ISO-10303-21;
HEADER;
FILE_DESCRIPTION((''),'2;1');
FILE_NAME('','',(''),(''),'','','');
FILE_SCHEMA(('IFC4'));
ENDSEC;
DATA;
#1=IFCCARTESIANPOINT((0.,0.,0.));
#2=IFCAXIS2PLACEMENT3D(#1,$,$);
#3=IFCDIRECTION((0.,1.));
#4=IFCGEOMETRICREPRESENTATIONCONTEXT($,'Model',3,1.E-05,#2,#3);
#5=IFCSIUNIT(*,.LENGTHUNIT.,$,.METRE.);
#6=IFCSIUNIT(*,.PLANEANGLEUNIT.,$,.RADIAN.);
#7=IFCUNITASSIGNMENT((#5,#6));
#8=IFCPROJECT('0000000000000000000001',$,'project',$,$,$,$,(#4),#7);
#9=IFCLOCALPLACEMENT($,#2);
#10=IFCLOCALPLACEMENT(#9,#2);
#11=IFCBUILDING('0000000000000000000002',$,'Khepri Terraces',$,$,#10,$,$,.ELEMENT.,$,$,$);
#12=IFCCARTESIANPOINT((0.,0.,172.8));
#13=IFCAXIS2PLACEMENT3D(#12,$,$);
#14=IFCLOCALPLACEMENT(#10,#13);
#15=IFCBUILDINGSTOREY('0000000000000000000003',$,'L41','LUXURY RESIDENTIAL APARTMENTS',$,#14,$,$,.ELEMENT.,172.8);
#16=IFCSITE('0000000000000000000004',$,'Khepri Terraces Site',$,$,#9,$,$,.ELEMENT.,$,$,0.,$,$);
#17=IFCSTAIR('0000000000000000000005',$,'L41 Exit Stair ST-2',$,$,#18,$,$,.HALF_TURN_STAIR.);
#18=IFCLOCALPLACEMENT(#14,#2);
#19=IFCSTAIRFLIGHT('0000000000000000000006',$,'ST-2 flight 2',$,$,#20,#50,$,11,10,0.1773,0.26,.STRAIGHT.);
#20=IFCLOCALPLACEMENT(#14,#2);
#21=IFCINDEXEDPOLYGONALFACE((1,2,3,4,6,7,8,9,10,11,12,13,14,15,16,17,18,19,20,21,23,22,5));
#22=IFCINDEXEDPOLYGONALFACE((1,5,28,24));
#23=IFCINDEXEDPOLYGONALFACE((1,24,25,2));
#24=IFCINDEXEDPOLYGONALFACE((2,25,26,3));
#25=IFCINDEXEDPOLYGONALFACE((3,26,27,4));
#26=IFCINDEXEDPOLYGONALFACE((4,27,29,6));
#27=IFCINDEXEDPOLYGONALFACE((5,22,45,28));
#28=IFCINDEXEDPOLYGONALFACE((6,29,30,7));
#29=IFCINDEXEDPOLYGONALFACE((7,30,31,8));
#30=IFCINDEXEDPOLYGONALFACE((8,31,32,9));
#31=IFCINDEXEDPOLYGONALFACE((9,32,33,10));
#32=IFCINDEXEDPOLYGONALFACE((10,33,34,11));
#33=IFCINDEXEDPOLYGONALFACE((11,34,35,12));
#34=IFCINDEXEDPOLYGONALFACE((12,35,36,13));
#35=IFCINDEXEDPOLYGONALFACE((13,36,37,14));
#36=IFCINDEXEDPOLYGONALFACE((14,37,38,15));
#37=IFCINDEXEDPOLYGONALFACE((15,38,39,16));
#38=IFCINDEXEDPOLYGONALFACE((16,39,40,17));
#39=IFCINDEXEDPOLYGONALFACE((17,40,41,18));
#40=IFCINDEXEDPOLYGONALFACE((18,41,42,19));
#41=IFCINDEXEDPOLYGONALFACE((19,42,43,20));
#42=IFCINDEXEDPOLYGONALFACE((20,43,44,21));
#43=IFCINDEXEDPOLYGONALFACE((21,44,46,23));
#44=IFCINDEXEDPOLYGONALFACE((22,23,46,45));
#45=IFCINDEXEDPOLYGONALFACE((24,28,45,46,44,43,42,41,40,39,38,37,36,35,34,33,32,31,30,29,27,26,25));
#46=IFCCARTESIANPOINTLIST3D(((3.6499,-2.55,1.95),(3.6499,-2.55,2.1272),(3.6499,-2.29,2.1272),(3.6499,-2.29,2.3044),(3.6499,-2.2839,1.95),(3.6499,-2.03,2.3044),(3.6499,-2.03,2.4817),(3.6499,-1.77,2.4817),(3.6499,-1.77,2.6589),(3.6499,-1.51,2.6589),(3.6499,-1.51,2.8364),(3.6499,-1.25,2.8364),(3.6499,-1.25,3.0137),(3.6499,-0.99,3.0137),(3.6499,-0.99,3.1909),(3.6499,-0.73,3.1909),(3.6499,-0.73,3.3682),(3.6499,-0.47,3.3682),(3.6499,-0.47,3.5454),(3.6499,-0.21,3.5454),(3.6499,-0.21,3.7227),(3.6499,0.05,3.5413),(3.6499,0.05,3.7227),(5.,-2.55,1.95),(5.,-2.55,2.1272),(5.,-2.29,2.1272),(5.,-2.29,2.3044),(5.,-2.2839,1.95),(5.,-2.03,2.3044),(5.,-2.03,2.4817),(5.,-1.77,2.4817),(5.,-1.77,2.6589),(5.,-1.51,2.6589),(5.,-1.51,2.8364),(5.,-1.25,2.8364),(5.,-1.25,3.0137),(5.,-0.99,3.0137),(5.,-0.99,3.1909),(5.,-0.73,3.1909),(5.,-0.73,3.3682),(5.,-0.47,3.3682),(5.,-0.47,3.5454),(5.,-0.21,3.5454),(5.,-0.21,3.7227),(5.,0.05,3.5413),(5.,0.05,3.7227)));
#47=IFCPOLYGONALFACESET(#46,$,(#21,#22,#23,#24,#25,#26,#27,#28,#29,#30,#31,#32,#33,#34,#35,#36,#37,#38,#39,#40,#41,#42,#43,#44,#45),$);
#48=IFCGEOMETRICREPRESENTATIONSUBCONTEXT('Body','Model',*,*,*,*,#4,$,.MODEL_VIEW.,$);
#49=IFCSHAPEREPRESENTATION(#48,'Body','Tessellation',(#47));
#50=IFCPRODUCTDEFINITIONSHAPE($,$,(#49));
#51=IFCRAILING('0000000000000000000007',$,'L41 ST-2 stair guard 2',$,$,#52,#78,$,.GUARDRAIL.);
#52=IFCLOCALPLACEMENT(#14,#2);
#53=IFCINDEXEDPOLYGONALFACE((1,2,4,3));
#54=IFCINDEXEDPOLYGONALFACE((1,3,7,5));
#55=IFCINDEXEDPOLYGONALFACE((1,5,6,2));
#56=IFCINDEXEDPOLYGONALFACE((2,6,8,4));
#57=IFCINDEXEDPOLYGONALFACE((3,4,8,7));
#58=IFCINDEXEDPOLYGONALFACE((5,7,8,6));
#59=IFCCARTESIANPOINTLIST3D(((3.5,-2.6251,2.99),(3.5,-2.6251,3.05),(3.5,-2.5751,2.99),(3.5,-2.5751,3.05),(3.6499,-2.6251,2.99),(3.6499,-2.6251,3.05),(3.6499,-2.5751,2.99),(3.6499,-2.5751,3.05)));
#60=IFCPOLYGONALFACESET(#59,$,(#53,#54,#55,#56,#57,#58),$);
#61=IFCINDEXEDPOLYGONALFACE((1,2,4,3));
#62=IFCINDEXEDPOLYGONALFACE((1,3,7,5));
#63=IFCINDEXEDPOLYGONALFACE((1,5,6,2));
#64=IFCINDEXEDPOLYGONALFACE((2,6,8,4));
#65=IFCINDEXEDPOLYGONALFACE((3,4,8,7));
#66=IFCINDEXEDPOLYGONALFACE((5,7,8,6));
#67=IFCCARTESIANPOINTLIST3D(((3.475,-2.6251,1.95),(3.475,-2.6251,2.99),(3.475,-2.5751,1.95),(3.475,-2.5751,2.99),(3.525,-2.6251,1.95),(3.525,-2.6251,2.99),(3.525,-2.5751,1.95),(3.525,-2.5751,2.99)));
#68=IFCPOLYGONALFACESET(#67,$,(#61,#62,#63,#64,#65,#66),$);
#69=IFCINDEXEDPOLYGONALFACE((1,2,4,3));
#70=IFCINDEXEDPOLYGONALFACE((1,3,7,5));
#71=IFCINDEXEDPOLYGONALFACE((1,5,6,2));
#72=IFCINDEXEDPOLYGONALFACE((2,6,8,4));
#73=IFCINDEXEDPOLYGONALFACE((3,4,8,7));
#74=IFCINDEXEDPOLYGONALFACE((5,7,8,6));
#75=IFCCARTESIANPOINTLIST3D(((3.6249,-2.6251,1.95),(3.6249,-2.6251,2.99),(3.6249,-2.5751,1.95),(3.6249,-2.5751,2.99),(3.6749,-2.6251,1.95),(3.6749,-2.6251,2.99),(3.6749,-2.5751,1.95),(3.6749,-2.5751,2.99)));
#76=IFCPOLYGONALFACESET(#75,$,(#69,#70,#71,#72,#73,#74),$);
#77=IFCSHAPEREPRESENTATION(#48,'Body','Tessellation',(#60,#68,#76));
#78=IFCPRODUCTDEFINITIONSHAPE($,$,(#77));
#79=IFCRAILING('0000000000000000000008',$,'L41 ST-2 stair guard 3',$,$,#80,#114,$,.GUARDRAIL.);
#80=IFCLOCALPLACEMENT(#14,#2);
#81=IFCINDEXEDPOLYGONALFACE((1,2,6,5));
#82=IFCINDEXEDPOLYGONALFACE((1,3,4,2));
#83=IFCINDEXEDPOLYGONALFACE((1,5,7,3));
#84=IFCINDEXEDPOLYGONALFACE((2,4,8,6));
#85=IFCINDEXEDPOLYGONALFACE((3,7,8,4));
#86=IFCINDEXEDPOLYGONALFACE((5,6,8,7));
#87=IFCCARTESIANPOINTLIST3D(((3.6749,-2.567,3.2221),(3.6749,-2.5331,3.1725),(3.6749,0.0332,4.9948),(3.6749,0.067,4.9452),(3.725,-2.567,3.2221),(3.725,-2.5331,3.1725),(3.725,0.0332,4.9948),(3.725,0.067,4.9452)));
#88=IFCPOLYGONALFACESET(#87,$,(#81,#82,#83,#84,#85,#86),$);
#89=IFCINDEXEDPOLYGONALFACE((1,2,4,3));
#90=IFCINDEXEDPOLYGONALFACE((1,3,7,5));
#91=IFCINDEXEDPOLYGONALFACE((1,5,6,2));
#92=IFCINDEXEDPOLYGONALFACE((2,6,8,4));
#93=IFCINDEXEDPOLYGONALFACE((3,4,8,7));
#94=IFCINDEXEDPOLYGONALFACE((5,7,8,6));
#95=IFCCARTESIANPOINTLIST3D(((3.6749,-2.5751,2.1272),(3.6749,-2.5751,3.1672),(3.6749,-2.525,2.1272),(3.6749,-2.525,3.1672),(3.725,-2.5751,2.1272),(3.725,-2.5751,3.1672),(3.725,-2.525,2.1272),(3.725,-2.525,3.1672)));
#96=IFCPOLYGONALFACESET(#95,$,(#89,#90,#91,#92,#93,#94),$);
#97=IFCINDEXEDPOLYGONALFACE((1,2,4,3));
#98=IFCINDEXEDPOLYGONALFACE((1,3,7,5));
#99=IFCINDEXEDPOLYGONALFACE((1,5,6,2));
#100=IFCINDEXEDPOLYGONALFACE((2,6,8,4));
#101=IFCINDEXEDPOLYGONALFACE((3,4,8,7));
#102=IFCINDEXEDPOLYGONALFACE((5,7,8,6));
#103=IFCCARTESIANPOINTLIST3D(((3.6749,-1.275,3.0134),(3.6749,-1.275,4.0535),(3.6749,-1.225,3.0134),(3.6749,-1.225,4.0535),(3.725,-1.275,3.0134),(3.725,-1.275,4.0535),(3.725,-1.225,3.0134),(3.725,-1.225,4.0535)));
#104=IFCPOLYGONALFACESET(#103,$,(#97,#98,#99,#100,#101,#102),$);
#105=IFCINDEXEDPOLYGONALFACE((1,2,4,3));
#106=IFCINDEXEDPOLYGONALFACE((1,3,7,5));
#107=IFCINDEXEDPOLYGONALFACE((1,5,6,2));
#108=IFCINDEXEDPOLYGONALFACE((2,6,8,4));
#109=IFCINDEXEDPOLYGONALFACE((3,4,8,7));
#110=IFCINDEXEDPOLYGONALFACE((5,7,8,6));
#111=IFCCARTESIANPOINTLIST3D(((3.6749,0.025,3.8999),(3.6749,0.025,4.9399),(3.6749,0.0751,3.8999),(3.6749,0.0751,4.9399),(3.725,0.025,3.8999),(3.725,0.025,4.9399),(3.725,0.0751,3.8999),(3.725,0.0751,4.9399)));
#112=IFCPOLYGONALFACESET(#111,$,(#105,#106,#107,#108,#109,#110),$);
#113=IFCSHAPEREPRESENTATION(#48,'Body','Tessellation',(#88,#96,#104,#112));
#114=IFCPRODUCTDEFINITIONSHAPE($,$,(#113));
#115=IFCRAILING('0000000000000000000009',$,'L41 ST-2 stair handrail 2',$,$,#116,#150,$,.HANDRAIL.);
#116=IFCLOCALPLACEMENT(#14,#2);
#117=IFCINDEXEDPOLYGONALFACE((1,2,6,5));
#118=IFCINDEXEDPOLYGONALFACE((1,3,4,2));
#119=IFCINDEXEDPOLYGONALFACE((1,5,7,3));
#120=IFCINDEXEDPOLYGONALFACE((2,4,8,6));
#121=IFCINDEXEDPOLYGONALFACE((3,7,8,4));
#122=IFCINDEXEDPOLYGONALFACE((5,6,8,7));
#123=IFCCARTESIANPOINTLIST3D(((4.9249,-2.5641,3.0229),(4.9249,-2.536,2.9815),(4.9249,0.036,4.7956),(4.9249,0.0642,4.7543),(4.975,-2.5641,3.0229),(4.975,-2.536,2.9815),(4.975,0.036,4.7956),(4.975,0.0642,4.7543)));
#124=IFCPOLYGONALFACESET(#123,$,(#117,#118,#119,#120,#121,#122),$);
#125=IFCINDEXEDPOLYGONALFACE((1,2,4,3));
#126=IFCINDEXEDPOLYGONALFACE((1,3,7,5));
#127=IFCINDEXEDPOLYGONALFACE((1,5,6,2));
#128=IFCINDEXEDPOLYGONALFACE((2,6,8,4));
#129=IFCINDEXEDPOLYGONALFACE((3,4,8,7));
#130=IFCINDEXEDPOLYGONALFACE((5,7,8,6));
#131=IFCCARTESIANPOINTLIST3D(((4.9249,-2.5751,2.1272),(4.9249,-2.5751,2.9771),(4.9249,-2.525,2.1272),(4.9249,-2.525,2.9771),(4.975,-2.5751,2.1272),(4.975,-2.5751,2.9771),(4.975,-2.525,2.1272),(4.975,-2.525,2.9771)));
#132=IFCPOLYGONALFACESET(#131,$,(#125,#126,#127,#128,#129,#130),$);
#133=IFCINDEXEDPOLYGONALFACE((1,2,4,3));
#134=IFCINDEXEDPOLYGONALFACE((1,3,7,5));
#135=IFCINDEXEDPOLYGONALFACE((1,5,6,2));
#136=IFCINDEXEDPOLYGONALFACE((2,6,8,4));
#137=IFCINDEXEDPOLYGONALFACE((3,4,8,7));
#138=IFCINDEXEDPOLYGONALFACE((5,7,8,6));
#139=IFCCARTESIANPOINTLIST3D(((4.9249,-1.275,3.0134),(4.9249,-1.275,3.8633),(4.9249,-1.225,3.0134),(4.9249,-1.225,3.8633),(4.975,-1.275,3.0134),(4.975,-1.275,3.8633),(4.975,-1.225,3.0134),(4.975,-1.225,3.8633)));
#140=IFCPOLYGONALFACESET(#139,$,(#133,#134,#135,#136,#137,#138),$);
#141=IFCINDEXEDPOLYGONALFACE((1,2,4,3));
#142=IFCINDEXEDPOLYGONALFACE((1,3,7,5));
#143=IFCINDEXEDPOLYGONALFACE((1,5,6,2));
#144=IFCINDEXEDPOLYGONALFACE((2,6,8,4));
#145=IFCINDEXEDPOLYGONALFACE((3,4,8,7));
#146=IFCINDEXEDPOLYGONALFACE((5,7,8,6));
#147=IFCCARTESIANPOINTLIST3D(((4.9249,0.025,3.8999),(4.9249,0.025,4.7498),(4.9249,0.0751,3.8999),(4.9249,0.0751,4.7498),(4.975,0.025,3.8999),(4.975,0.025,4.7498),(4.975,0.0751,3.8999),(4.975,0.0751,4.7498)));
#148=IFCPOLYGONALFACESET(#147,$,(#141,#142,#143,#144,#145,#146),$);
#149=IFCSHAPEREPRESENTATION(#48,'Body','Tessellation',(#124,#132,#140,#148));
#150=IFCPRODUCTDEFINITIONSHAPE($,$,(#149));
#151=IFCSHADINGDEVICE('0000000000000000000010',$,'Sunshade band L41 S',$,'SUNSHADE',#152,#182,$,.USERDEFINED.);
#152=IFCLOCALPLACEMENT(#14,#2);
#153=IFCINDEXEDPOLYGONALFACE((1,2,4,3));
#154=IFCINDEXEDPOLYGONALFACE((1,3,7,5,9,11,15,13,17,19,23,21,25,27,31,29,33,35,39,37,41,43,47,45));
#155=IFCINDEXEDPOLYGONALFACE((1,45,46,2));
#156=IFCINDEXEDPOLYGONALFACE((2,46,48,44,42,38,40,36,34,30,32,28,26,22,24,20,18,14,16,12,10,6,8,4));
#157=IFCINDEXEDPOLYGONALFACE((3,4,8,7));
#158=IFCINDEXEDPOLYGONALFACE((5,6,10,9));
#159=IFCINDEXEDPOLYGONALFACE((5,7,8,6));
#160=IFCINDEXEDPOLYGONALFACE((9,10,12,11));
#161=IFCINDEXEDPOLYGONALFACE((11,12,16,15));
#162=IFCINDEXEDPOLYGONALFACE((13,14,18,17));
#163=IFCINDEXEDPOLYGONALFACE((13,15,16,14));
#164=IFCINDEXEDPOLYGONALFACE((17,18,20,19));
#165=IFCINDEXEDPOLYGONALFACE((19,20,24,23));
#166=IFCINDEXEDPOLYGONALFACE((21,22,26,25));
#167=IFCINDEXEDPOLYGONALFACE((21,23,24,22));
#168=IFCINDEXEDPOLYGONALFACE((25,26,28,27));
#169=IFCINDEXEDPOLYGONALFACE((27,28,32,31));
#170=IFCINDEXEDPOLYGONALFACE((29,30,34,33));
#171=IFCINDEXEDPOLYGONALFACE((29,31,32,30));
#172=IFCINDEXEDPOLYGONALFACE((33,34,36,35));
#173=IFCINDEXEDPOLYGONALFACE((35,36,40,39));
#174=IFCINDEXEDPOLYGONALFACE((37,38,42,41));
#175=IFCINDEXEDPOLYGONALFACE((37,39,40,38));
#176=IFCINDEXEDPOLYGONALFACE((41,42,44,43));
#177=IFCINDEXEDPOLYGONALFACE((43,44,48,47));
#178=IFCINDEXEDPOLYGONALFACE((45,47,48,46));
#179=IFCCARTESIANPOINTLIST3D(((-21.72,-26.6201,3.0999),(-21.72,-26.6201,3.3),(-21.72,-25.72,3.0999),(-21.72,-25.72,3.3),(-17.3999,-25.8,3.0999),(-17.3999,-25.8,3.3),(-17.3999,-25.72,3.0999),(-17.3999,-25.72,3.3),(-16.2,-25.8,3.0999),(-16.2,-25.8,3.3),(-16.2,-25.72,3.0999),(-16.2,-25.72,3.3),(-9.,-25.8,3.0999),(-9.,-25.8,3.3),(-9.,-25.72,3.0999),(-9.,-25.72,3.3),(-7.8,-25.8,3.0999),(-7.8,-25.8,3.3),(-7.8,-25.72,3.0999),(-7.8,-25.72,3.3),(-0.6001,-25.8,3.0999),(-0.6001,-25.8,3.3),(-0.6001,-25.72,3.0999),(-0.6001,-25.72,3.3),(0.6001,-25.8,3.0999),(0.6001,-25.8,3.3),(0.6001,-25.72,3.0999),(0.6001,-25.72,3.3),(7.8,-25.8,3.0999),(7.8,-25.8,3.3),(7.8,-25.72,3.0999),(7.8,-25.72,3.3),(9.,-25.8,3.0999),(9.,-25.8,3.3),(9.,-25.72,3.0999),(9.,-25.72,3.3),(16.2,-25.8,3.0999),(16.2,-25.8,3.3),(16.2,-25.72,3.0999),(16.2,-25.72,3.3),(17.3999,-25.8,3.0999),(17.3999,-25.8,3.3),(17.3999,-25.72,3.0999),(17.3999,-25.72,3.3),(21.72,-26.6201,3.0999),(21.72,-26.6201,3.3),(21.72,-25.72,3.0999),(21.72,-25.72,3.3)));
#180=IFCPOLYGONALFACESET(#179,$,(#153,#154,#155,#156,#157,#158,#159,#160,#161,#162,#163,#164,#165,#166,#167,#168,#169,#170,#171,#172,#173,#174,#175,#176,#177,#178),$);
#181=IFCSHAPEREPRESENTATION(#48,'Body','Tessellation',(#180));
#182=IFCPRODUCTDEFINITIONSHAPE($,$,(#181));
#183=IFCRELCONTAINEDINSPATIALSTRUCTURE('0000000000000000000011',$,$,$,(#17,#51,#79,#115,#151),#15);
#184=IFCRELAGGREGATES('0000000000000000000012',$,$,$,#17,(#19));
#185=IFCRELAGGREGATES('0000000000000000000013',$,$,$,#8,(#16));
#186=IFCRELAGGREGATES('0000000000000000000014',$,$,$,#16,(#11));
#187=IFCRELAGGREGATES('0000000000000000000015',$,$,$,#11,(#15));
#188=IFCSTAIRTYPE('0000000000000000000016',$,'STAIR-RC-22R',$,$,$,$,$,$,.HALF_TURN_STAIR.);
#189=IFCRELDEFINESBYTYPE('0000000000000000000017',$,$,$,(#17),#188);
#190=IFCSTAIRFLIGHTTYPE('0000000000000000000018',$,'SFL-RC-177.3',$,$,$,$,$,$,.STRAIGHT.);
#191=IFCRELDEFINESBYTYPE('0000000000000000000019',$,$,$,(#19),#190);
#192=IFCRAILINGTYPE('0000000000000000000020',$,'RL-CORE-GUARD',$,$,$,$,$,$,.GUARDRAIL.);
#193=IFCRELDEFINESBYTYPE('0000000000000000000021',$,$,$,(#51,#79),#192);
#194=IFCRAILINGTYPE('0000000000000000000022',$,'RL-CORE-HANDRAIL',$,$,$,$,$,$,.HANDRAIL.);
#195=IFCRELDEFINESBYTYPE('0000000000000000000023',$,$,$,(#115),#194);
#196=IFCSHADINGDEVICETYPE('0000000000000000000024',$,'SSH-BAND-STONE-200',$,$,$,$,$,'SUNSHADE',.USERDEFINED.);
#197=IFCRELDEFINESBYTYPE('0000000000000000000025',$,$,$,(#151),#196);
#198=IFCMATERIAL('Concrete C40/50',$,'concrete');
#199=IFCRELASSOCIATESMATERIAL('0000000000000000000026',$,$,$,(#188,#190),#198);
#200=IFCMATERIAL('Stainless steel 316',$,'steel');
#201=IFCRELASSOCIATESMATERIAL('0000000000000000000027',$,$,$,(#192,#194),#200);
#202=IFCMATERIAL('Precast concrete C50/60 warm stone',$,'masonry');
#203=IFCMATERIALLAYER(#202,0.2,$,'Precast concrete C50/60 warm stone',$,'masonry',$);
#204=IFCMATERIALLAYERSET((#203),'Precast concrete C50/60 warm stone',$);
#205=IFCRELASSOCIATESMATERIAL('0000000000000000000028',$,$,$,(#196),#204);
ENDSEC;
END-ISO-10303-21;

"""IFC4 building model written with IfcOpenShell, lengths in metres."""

from ifc_helpers import new_model, si_unit, direction, frame, origin, origin_2d, place, context, subcontext, project, spatial, polyline, rectangle, outline, extrude, material, layer, layer_set, type_object, element, aggregate, save


model = new_model("IFC4")

# Units and contexts
model_context = context("Model", 3, precision=1e-05, world=origin(), true_north=direction((0.0, 1.0)))
body_context = subcontext(model_context, "Body", "Model", "MODEL_VIEW")
ifc_project = project(units=[si_unit("LENGTHUNIT", "METRE"), si_unit("PLANEANGLEUNIT", "RADIAN")], contexts=[model_context])

# Site, building, storey
site_placement = place(None, origin())
site = spatial("IfcSite", under=ifc_project, at=site_placement, Name="Khepri Terraces Site", CompositionType="ELEMENT", RefElevation=0.0)
building_placement = place(site_placement, origin())
building = spatial("IfcBuilding", under=site, at=building_placement, Name="Khepri Terraces", CompositionType="ELEMENT")
storey_placement = place(building_placement, frame((0.0, 0.0, 172.8)))
storey = spatial("IfcBuildingStorey", under=building, at=storey_placement, Name="L41", Description="LUXURY RESIDENTIAL APARTMENTS", CompositionType="ELEMENT", Elevation=172.8)

# Shared definitions
ifc_material_1 = material(Name="Concrete C40/50", Category="concrete")
ifc_material_2 = material(Name="Precast concrete C50/60 warm stone", Category="masonry")

# Stair, stair flight
stair_type = type_object("IfcStairType", Name="STAIR-RC-22R", PredefinedType="HALF_TURN_STAIR", material=ifc_material_1)
stair_placement = place(storey_placement, origin())
stair = element("IfcStair", 1, at=stair_placement, inside=storey, type_object=stair_type, Name="L41 Exit Stair ST-2", PredefinedType="HALF_TURN_STAIR")
stair_flight_type = type_object("IfcStairFlightType", Name="SFL-RC-177.3", PredefinedType="STRAIGHT", material=ifc_material_1)
stair_flight_placement = place(storey_placement, frame((4.325, -2.55, 1.95), z_axis=(0.0, 0.0, 1.0), x_axis=(0.0, 1.0, 0.0)))
stair_flight = element("IfcStairFlight", 2, at=stair_flight_placement, type_object=stair_flight_type, Name="ST-2 flight 2", NumberOfRisers=11, NumberOfTreads=10, PredefinedType="STRAIGHT", RiserHeight=0.1773, TreadLength=0.26, context=body_context, shape_type="SweptSolid", body=[
    extrude(outline(polyline([(0.0, 0.0), (0.0, 0.1772), (0.26, 0.1772), (0.26, 0.3545), (0.52, 0.3545), (0.52, 0.5317), (0.78, 0.5317), (0.78, 0.709), (1.04, 0.709), (1.04, 0.8865), (1.3, 0.8865), (1.3, 1.0637), (1.5601, 1.0637), (1.5601, 1.241), (1.8201, 1.241), (1.8201, 1.4182), (2.0801, 1.4182), (2.0801, 1.5955), (2.3401, 1.5955), (2.3401, 1.7727), (2.6001, 1.7727), (2.6001, 1.95), (2.6001, 1.5913), (0.2661, 0.0), (0.0, 0.0)])), frame((0.0, 0.675, 0.0), z_axis=(0.0, -1.0, 0.0), x_axis=(1.0, 0.0, 0.0)), (0.0, 0.0, 1.0), 1.3501),
])
aggregate(stair, [stair_flight])

# Railings
ifc_material_3 = material(Name="Stainless steel 316", Category="steel")
railing_type_1 = type_object("IfcRailingType", Name="RL-CORE-GUARD", PredefinedType="GUARDRAIL", material=ifc_material_3)
railing_1_placement = place(storey_placement, frame((3.5, -2.6001, 1.95)))
element("IfcRailing", 3, at=railing_1_placement, inside=storey, type_object=railing_type_1, Name="L41 ST-2 stair guard 2", PredefinedType="GUARDRAIL", context=body_context, shape_type="SweptSolid", body=[
    extrude(rectangle(XDim=0.05, YDim=0.0601, at=origin_2d()), frame((0.0, 0.0, 1.0701), z_axis=(1.0, 0.0, 0.0), x_axis=(0.0, 1.0, 0.0)), (0.0, 0.0, 1.0), 0.1499),
    extrude(rectangle(XDim=0.05, YDim=0.05, at=origin_2d()), origin(), (0.0, 0.0, 1.0), 1.04),
    extrude(rectangle(XDim=0.05, YDim=0.05, at=origin_2d()), frame((0.1499, 0.0, 0.0)), (0.0, 0.0, 1.0), 1.04),
])
railing_2_placement = place(storey_placement, frame((3.7, -2.55, 2.1272)))
element("IfcRailing", 4, at=railing_2_placement, inside=storey, type_object=railing_type_1, Name="L41 ST-2 stair guard 3", PredefinedType="GUARDRAIL", context=body_context, shape_type="SweptSolid", body=[
    extrude(rectangle(XDim=0.05, YDim=0.0601, at=origin_2d()), frame((0.0, 0.0, 1.0701), z_axis=(0.0, 0.82624, 0.563318), x_axis=(-1.0, 0.0, 0.0)), (0.0, 0.0, 1.0), 3.147),
    extrude(rectangle(XDim=0.05, YDim=0.05, at=origin_2d()), origin(), (0.0, 0.0, 1.0), 1.04),
    extrude(rectangle(XDim=0.05, YDim=0.05, at=origin_2d()), frame((0.0, 1.3, 0.8862)), (0.0, 0.0, 1.0), 1.04),
    extrude(rectangle(XDim=0.05, YDim=0.05, at=origin_2d()), frame((0.0, 2.6001, 1.7727)), (0.0, 0.0, 1.0), 1.04),
])
railing_type_2 = type_object("IfcRailingType", Name="RL-CORE-HANDRAIL", PredefinedType="HANDRAIL", material=ifc_material_3)
railing_3_placement = place(storey_placement, frame((4.95, -2.55, 2.1272)))
element("IfcRailing", 5, at=railing_3_placement, inside=storey, type_object=railing_type_2, Name="L41 ST-2 stair handrail 2", PredefinedType="HANDRAIL", context=body_context, shape_type="SweptSolid", body=[
    extrude(rectangle(XDim=0.05, YDim=0.05, at=origin_2d()), frame((0.0, 0.0, 0.875), z_axis=(0.0, 0.82624, 0.563318), x_axis=(-1.0, 0.0, 0.0)), (0.0, 0.0, 1.0), 3.147),
    extrude(rectangle(XDim=0.05, YDim=0.05, at=origin_2d()), origin(), (0.0, 0.0, 1.0), 0.8499),
    extrude(rectangle(XDim=0.05, YDim=0.05, at=origin_2d()), frame((0.0, 1.3, 0.8862)), (0.0, 0.0, 1.0), 0.8499),
    extrude(rectangle(XDim=0.05, YDim=0.05, at=origin_2d()), frame((0.0, 2.6001, 1.7727)), (0.0, 0.0, 1.0), 0.8499),
])

# Shading device
ifc_layer_1 = layer(ifc_material_2, 0.2, Name="Precast concrete C50/60 warm stone", Category="masonry")
ifc_layer_set_1 = layer_set([ifc_layer_1], Name="Precast concrete C50/60 warm stone")
shading_device_type = type_object("IfcShadingDeviceType", Name="SSH-BAND-STONE-200", ElementType="SUNSHADE", PredefinedType="USERDEFINED", material=ifc_layer_set_1)
shading_device_placement = place(storey_placement, frame((0.0, 0.0, 3.0999)))
element("IfcShadingDevice", 6, at=shading_device_placement, inside=storey, type_object=shading_device_type, Name="Sunshade band L41 S", ObjectType="SUNSHADE", PredefinedType="USERDEFINED", context=body_context, shape_type="SweptSolid", body=[
    extrude(outline(polyline([(-17.3999, -25.72), (-21.72, -25.72), (-21.72, -26.6201), (21.72, -26.6201), (21.72, -25.72), (17.3999, -25.72), (17.3999, -25.8), (16.2, -25.8), (16.2, -25.72), (9.0, -25.72), (9.0, -25.8), (7.8, -25.8), (7.8, -25.72), (0.6001, -25.72), (0.6001, -25.8), (-0.6001, -25.8), (-0.6001, -25.72), (-7.8, -25.72), (-7.8, -25.8), (-9.0, -25.8), (-9.0, -25.72), (-16.2, -25.72), (-16.2, -25.8), (-17.3999, -25.8), (-17.3999, -25.72)])), origin(), (0.0, 0.0, 1.0), 0.2002),
])

save(model, "model.ifc")
